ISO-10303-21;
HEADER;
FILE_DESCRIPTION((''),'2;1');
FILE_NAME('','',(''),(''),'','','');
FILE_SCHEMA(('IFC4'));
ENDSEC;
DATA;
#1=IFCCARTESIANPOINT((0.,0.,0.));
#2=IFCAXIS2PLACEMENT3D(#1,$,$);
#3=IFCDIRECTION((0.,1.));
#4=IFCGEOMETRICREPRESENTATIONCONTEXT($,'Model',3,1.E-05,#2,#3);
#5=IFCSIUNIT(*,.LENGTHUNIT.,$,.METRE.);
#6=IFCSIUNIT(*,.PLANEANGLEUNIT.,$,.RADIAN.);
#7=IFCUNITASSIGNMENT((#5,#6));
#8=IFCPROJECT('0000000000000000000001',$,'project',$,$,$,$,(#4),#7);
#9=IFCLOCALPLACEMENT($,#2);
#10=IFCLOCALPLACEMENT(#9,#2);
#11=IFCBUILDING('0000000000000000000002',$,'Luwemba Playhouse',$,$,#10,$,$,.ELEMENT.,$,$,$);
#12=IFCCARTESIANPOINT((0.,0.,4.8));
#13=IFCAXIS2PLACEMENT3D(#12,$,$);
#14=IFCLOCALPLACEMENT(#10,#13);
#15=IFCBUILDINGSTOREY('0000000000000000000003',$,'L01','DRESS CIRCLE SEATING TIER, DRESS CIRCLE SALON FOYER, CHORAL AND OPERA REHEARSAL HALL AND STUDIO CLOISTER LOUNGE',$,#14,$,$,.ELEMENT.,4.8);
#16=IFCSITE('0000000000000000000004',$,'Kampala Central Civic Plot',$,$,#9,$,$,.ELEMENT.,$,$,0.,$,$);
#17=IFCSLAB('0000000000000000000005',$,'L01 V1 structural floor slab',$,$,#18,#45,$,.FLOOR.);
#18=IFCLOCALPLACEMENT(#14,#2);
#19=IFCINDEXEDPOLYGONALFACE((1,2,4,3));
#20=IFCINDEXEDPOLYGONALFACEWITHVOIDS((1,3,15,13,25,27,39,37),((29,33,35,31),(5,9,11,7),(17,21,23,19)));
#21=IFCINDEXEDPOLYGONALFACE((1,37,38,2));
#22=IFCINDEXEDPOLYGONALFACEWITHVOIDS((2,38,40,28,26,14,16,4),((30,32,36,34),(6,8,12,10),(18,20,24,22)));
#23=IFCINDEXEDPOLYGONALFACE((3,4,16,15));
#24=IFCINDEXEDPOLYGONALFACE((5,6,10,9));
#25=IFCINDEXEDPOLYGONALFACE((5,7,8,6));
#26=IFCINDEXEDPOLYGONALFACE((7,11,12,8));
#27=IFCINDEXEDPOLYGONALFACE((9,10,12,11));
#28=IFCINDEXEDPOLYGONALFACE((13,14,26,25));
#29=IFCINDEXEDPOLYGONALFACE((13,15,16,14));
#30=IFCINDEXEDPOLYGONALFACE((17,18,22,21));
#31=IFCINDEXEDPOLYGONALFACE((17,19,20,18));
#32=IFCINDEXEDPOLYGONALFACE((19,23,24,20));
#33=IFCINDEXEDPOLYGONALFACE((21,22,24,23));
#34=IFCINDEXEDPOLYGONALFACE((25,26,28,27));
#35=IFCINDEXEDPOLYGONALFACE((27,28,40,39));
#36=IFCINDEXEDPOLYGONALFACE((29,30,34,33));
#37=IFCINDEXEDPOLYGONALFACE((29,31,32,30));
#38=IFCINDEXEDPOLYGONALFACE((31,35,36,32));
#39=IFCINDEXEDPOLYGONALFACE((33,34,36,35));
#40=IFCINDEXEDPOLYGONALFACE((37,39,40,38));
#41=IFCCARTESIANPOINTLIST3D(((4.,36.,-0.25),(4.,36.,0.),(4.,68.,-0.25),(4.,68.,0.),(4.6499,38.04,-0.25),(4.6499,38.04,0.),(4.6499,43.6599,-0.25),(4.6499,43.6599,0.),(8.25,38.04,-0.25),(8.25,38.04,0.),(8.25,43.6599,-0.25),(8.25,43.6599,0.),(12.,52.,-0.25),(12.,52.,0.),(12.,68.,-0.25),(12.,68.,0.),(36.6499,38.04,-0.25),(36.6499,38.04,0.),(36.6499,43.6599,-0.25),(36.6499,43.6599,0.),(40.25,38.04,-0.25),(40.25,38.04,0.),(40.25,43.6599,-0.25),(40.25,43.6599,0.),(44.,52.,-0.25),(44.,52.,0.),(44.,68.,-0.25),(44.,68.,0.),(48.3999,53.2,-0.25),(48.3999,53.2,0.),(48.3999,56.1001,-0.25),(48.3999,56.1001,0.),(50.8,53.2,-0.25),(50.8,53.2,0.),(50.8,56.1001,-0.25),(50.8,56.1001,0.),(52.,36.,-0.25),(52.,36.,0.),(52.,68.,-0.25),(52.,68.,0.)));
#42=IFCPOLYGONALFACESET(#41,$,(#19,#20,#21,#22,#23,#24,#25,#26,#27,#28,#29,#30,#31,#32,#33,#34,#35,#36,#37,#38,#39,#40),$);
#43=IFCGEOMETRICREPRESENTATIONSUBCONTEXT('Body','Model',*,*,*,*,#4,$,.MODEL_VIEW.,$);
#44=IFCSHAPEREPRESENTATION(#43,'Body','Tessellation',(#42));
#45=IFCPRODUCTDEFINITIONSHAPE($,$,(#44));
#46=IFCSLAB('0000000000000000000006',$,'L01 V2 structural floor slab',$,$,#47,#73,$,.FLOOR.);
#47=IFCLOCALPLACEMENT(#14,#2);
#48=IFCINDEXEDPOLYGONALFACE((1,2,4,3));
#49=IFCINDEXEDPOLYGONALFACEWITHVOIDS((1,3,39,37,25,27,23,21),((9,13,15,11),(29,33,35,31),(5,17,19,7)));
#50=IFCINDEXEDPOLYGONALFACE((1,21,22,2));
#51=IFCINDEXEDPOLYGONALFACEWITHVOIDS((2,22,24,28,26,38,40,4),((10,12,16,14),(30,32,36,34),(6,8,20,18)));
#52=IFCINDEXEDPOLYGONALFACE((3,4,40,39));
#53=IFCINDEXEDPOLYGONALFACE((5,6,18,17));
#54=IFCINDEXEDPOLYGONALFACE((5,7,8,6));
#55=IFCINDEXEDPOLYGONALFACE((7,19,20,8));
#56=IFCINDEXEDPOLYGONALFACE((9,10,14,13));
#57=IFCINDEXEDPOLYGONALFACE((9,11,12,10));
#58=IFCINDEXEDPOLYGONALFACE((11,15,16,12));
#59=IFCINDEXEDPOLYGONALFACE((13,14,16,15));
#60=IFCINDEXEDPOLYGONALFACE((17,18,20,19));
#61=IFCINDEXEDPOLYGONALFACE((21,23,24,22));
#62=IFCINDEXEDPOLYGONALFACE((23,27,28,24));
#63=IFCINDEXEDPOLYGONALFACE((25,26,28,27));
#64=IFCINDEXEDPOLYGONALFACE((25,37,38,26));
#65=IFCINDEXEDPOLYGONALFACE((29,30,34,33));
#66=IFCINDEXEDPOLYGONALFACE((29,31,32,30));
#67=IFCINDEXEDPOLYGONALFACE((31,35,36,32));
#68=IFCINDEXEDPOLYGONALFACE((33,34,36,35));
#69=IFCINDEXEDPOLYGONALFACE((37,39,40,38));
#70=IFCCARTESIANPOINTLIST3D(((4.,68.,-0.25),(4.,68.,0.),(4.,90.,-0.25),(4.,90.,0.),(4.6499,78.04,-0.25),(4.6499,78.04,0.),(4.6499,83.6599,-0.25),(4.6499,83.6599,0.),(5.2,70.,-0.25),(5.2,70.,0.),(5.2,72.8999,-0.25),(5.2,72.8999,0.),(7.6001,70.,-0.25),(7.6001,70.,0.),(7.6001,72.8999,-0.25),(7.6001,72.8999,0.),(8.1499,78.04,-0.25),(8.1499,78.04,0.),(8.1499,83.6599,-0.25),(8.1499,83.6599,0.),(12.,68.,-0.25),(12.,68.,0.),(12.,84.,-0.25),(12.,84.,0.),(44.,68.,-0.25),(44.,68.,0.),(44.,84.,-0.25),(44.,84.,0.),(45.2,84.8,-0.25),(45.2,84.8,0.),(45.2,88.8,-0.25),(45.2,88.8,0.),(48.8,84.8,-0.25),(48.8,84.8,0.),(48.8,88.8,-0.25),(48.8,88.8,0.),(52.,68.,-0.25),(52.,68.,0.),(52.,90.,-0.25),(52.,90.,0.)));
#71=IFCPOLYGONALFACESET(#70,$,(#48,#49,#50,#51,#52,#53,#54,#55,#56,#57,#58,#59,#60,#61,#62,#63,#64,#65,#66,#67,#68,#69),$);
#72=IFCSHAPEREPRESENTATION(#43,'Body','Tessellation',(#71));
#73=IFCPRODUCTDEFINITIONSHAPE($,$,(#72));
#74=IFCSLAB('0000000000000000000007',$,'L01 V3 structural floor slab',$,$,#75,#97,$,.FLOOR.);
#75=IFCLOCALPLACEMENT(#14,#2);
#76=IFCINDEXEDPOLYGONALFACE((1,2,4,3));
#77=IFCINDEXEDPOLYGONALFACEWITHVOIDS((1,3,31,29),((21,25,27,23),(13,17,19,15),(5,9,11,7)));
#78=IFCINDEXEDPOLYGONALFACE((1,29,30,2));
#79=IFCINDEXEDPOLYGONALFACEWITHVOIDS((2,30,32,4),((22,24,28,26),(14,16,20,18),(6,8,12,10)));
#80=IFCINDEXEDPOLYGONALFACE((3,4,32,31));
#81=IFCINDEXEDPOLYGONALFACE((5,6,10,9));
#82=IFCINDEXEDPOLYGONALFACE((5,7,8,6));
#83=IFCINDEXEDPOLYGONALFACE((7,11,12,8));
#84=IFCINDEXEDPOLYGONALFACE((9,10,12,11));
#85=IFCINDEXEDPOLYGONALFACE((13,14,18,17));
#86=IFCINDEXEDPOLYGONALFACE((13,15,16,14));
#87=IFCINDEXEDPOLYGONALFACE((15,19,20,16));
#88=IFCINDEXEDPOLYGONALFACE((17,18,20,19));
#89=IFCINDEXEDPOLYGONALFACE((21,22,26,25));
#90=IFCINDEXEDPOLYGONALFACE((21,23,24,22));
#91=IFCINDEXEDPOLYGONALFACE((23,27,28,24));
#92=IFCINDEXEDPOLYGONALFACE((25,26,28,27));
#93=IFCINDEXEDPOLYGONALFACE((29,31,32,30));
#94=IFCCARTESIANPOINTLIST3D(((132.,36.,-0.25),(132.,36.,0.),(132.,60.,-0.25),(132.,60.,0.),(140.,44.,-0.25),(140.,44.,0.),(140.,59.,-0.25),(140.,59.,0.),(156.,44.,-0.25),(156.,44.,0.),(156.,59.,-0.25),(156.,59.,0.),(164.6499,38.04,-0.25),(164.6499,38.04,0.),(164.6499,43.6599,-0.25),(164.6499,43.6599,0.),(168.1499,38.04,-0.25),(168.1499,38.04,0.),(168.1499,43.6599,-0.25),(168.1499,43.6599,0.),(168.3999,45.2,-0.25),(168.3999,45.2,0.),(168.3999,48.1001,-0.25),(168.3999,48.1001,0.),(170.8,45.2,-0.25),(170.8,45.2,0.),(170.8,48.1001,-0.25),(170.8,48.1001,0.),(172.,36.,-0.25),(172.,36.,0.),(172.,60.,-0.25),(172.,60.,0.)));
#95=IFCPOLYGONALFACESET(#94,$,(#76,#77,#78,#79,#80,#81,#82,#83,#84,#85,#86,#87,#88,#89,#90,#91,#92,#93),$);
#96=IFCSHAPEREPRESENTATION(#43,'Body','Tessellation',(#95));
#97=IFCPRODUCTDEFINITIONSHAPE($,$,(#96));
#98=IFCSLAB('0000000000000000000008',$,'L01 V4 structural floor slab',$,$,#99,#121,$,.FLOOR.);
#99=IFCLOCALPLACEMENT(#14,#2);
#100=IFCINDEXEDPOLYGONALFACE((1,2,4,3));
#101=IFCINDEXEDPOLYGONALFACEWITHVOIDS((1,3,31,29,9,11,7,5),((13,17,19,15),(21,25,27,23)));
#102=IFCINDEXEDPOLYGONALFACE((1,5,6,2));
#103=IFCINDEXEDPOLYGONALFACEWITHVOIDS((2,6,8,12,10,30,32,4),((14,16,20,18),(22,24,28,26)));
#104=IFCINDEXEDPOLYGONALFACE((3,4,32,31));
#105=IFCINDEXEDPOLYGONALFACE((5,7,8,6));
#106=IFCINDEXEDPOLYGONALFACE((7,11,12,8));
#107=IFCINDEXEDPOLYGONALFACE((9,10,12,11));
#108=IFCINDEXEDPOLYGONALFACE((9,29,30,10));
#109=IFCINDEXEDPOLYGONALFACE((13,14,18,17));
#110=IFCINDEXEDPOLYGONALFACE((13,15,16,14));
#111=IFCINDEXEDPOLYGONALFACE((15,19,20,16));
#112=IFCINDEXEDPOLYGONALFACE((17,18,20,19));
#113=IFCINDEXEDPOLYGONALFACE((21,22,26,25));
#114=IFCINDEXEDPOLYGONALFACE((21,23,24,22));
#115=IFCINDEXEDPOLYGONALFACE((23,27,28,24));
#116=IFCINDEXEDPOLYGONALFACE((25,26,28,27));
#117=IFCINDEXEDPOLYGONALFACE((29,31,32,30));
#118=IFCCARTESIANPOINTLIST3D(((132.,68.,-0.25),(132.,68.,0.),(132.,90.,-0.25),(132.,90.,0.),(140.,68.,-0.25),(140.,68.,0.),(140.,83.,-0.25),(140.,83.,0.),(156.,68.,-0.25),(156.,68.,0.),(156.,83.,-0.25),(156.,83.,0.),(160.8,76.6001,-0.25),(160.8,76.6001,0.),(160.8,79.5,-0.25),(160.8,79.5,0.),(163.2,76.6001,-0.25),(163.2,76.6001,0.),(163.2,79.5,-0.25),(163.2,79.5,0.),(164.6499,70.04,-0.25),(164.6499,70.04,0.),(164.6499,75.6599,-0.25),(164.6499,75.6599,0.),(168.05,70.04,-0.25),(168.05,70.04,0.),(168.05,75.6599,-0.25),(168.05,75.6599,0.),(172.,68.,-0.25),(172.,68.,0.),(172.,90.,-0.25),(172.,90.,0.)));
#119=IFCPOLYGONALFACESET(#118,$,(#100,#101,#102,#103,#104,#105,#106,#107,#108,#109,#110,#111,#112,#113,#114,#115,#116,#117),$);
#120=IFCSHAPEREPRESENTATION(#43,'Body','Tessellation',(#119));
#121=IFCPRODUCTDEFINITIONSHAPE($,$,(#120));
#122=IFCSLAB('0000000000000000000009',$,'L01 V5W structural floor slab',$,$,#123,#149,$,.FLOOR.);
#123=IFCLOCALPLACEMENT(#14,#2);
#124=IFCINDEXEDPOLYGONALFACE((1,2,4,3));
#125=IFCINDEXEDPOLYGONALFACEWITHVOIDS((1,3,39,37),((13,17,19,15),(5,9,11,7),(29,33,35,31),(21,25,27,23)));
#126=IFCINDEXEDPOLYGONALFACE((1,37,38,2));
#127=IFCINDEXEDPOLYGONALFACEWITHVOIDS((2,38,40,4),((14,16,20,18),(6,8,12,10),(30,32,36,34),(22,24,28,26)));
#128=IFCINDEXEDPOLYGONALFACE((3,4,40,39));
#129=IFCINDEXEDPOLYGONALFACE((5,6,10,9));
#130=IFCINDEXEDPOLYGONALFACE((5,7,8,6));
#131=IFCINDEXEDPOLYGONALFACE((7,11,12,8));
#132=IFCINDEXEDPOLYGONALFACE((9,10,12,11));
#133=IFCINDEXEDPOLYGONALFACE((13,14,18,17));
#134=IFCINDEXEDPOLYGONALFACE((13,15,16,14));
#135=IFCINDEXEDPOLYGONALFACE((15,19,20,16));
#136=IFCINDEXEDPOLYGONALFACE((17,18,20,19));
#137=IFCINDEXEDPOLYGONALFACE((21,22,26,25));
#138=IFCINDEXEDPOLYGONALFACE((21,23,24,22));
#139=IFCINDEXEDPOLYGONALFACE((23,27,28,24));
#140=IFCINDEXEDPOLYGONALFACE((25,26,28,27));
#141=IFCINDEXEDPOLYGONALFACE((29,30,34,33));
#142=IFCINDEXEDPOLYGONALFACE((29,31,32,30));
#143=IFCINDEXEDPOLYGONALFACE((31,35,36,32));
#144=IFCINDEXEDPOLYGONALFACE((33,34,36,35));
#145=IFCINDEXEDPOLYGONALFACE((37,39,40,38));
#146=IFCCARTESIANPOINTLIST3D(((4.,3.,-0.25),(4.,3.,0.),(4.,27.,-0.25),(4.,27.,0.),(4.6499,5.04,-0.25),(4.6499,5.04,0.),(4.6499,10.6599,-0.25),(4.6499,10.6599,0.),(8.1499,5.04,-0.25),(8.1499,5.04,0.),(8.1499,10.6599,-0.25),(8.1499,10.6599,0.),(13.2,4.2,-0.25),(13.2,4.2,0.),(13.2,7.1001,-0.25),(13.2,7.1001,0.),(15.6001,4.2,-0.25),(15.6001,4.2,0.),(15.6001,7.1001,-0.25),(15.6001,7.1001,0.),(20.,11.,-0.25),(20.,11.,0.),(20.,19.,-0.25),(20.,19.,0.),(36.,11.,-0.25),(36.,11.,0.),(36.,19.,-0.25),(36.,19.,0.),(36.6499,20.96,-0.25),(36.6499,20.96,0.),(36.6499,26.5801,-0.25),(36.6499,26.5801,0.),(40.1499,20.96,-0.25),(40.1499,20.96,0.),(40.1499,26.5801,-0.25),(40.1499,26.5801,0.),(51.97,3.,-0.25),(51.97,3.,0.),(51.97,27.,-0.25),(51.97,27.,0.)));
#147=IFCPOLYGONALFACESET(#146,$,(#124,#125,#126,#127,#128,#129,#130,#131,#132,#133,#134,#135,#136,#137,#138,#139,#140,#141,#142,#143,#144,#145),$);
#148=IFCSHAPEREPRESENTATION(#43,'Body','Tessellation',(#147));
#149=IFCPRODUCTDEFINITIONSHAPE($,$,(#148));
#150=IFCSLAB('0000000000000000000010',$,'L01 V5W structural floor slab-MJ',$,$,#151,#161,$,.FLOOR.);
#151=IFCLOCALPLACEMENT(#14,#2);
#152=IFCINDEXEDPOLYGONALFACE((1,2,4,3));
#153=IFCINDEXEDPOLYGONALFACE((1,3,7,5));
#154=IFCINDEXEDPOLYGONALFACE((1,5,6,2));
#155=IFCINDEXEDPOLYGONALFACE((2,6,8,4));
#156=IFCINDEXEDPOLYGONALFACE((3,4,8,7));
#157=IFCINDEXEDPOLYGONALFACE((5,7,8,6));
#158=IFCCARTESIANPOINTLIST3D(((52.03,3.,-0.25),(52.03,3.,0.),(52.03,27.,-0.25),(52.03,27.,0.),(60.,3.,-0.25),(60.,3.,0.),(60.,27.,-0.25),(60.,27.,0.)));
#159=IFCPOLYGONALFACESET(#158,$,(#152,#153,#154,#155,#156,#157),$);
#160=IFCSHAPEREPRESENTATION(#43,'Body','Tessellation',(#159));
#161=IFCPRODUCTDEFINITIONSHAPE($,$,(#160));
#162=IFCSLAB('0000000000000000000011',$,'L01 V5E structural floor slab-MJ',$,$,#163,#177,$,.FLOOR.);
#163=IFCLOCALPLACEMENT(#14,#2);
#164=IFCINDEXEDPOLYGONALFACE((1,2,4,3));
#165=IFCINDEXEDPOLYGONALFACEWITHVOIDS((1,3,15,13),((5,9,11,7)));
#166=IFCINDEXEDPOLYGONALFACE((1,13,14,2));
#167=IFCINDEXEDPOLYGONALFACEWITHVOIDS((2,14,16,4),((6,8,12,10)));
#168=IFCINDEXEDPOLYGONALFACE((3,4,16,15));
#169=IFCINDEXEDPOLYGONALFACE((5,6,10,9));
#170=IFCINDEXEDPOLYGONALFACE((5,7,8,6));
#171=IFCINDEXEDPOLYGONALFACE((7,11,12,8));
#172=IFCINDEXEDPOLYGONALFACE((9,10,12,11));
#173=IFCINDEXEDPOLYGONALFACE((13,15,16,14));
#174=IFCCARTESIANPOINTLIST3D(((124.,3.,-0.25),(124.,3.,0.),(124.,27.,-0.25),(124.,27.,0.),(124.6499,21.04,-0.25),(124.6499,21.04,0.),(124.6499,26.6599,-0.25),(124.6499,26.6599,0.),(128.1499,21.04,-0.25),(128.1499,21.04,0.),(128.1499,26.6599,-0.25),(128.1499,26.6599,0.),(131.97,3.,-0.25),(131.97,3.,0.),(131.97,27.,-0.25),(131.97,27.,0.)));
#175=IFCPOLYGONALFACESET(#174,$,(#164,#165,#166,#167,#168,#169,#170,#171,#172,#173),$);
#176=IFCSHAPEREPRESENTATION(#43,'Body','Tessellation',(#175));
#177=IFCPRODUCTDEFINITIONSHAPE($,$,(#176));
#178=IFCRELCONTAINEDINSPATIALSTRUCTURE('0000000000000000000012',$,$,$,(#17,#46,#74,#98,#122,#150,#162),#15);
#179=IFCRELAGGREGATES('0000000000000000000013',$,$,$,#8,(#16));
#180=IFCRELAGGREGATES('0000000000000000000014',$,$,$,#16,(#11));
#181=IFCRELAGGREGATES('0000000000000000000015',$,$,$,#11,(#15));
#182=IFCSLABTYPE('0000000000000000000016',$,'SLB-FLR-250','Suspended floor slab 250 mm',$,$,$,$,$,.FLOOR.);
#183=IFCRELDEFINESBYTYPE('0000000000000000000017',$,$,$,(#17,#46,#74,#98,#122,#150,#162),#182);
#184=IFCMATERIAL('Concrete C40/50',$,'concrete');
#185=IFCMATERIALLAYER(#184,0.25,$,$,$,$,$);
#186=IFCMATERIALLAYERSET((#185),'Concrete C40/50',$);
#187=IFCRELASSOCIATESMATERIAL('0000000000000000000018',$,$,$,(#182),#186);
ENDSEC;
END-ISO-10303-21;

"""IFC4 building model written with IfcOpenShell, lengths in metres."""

from ifc_helpers import new_model, si_unit, direction, frame, origin, place, context, subcontext, project, spatial, polyline, outline, extrude, material, layer, layer_set, type_object, element, save


model = new_model("IFC4")

# Units and contexts
model_context = context("Model", 3, precision=1e-05, world=origin(), true_north=direction((0.0, 1.0)))
body_context = subcontext(model_context, "Body", "Model", "MODEL_VIEW")
ifc_project = project(units=[si_unit("LENGTHUNIT", "METRE"), si_unit("PLANEANGLEUNIT", "RADIAN")], contexts=[model_context])

# Site, building, storey
site_placement = place(None, origin())
site = spatial("IfcSite", under=ifc_project, at=site_placement, Name="Kampala Central Civic Plot", CompositionType="ELEMENT", RefElevation=0.0)
building_placement = place(site_placement, origin())
building = spatial("IfcBuilding", under=site, at=building_placement, Name="Luwemba Playhouse", CompositionType="ELEMENT")
storey_placement = place(building_placement, frame((0.0, 0.0, 4.8)))
storey = spatial("IfcBuildingStorey", under=building, at=storey_placement, Name="L01", Description="DRESS CIRCLE SEATING TIER, DRESS CIRCLE SALON FOYER, CHORAL AND OPERA REHEARSAL HALL AND STUDIO CLOISTER LOUNGE", CompositionType="ELEMENT", Elevation=4.8)

# Slabs
ifc_material_1 = material(Name="Concrete C40/50", Category="concrete")
ifc_layer_1 = layer(ifc_material_1, 0.25)
ifc_layer_set_1 = layer_set([ifc_layer_1], Name="Concrete C40/50")
slab_type_1 = type_object("IfcSlabType", Name="SLB-FLR-250", Description="Suspended floor slab 250 mm", PredefinedType="FLOOR", material=ifc_layer_set_1)
slab_1_placement = place(storey_placement, frame((0.0, 0.0, -0.25)))
element("IfcSlab", 1, at=slab_1_placement, inside=storey, type_object=slab_type_1, Name="L01 V1 structural floor slab", PredefinedType="FLOOR", context=body_context, shape_type="SweptSolid", body=[
    extrude(outline(polyline([(52.0, 36.0), (4.0, 36.0), (4.0, 68.0), (12.0, 68.0), (12.0, 52.0), (44.0, 52.0), (44.0, 68.0), (52.0, 68.0), (52.0, 36.0)]), holes=[polyline([(8.25, 38.04), (8.25, 43.6599), (4.6499, 43.6599), (4.6499, 38.04), (8.25, 38.04)]), polyline([(40.25, 38.04), (40.25, 43.6599), (36.6499, 43.6599), (36.6499, 38.04), (40.25, 38.04)]), polyline([(48.3999, 53.2), (50.8, 53.2), (50.8, 56.1001), (48.3999, 56.1001), (48.3999, 53.2)])]), origin(), (0.0, 0.0, 1.0), 0.25),
])
slab_2_placement = place(storey_placement, frame((0.0, 0.0, -0.25)))
element("IfcSlab", 2, at=slab_2_placement, inside=storey, type_object=slab_type_1, Name="L01 V2 structural floor slab", PredefinedType="FLOOR", context=body_context, shape_type="SweptSolid", body=[
    extrude(outline(polyline([(4.0, 90.0), (52.0, 90.0), (52.0, 68.0), (44.0, 68.0), (44.0, 84.0), (12.0, 84.0), (12.0, 68.0), (4.0, 68.0), (4.0, 90.0)]), holes=[polyline([(5.2, 70.0), (7.6001, 70.0), (7.6001, 72.8999), (5.2, 72.8999), (5.2, 70.0)]), polyline([(8.1499, 78.04), (8.1499, 83.6599), (4.6499, 83.6599), (4.6499, 78.04), (8.1499, 78.04)]), polyline([(45.2, 84.8), (48.8, 84.8), (48.8, 88.8), (45.2, 88.8), (45.2, 84.8)])]), origin(), (0.0, 0.0, 1.0), 0.25),
])
slab_3_placement = place(storey_placement, frame((0.0, 0.0, -0.25)))
element("IfcSlab", 3, at=slab_3_placement, inside=storey, type_object=slab_type_1, Name="L01 V3 structural floor slab", PredefinedType="FLOOR", context=body_context, shape_type="SweptSolid", body=[
    extrude(outline(polyline([(172.0, 60.0), (172.0, 36.0), (132.0, 36.0), (132.0, 60.0), (172.0, 60.0)]), holes=[polyline([(168.1499, 43.6599), (164.6499, 43.6599), (164.6499, 38.04), (168.1499, 38.04), (168.1499, 43.6599)]), polyline([(168.3999, 45.2), (170.8, 45.2), (170.8, 48.1001), (168.3999, 48.1001), (168.3999, 45.2)]), polyline([(140.0, 44.0), (156.0, 44.0), (156.0, 59.0), (140.0, 59.0), (140.0, 44.0)])]), origin(), (0.0, 0.0, 1.0), 0.25),
])
slab_4_placement = place(storey_placement, frame((0.0, 0.0, -0.25)))
element("IfcSlab", 4, at=slab_4_placement, inside=storey, type_object=slab_type_1, Name="L01 V4 structural floor slab", PredefinedType="FLOOR", context=body_context, shape_type="SweptSolid", body=[
    extrude(outline(polyline([(132.0, 90.0), (172.0, 90.0), (172.0, 68.0), (156.0, 68.0), (156.0, 83.0), (140.0, 83.0), (140.0, 68.0), (132.0, 68.0), (132.0, 90.0)]), holes=[polyline([(168.05, 75.6599), (164.6499, 75.6599), (164.6499, 70.04), (168.05, 70.04), (168.05, 75.6599)]), polyline([(160.8, 76.6001), (163.2, 76.6001), (163.2, 79.5), (160.8, 79.5), (160.8, 76.6001)])]), origin(), (0.0, 0.0, 1.0), 0.25),
])
slab_5_placement = place(storey_placement, frame((0.0, 0.0, -0.25)))
element("IfcSlab", 5, at=slab_5_placement, inside=storey, type_object=slab_type_1, Name="L01 V5W structural floor slab", PredefinedType="FLOOR", context=body_context, shape_type="SweptSolid", body=[
    extrude(outline(polyline([(51.97, 27.0), (51.97, 3.0), (4.0, 3.0), (4.0, 27.0), (51.97, 27.0)]), holes=[polyline([(13.2, 4.2), (15.6001, 4.2), (15.6001, 7.1001), (13.2, 7.1001), (13.2, 4.2)]), polyline([(8.1499, 5.04), (8.1499, 10.6599), (4.6499, 10.6599), (4.6499, 5.04), (8.1499, 5.04)]), polyline([(20.0, 11.0), (36.0, 11.0), (36.0, 19.0), (20.0, 19.0), (20.0, 11.0)]), polyline([(40.1499, 20.96), (40.1499, 26.5801), (36.6499, 26.5801), (36.6499, 20.96), (40.1499, 20.96)])]), origin(), (0.0, 0.0, 1.0), 0.25),
])
slab_6_placement = place(storey_placement, frame((0.0, 0.0, -0.25)))
element("IfcSlab", 6, at=slab_6_placement, inside=storey, type_object=slab_type_1, Name="L01 V5W structural floor slab-MJ", PredefinedType="FLOOR", context=body_context, shape_type="SweptSolid", body=[
    extrude(outline(polyline([(60.0, 27.0), (60.0, 3.0), (52.03, 3.0), (52.03, 27.0), (60.0, 27.0)])), origin(), (0.0, 0.0, 1.0), 0.25),
])
slab_7_placement = place(storey_placement, frame((0.0, 0.0, -0.25)))
element("IfcSlab", 7, at=slab_7_placement, inside=storey, type_object=slab_type_1, Name="L01 V5E structural floor slab-MJ", PredefinedType="FLOOR", context=body_context, shape_type="SweptSolid", body=[
    extrude(outline(polyline([(131.97, 27.0), (131.97, 3.0), (124.0, 3.0), (124.0, 27.0), (131.97, 27.0)]), holes=[polyline([(128.1499, 21.04), (128.1499, 26.6599), (124.6499, 26.6599), (124.6499, 21.04), (128.1499, 21.04)])]), origin(), (0.0, 0.0, 1.0), 0.25),
])

save(model, "model.ifc")
